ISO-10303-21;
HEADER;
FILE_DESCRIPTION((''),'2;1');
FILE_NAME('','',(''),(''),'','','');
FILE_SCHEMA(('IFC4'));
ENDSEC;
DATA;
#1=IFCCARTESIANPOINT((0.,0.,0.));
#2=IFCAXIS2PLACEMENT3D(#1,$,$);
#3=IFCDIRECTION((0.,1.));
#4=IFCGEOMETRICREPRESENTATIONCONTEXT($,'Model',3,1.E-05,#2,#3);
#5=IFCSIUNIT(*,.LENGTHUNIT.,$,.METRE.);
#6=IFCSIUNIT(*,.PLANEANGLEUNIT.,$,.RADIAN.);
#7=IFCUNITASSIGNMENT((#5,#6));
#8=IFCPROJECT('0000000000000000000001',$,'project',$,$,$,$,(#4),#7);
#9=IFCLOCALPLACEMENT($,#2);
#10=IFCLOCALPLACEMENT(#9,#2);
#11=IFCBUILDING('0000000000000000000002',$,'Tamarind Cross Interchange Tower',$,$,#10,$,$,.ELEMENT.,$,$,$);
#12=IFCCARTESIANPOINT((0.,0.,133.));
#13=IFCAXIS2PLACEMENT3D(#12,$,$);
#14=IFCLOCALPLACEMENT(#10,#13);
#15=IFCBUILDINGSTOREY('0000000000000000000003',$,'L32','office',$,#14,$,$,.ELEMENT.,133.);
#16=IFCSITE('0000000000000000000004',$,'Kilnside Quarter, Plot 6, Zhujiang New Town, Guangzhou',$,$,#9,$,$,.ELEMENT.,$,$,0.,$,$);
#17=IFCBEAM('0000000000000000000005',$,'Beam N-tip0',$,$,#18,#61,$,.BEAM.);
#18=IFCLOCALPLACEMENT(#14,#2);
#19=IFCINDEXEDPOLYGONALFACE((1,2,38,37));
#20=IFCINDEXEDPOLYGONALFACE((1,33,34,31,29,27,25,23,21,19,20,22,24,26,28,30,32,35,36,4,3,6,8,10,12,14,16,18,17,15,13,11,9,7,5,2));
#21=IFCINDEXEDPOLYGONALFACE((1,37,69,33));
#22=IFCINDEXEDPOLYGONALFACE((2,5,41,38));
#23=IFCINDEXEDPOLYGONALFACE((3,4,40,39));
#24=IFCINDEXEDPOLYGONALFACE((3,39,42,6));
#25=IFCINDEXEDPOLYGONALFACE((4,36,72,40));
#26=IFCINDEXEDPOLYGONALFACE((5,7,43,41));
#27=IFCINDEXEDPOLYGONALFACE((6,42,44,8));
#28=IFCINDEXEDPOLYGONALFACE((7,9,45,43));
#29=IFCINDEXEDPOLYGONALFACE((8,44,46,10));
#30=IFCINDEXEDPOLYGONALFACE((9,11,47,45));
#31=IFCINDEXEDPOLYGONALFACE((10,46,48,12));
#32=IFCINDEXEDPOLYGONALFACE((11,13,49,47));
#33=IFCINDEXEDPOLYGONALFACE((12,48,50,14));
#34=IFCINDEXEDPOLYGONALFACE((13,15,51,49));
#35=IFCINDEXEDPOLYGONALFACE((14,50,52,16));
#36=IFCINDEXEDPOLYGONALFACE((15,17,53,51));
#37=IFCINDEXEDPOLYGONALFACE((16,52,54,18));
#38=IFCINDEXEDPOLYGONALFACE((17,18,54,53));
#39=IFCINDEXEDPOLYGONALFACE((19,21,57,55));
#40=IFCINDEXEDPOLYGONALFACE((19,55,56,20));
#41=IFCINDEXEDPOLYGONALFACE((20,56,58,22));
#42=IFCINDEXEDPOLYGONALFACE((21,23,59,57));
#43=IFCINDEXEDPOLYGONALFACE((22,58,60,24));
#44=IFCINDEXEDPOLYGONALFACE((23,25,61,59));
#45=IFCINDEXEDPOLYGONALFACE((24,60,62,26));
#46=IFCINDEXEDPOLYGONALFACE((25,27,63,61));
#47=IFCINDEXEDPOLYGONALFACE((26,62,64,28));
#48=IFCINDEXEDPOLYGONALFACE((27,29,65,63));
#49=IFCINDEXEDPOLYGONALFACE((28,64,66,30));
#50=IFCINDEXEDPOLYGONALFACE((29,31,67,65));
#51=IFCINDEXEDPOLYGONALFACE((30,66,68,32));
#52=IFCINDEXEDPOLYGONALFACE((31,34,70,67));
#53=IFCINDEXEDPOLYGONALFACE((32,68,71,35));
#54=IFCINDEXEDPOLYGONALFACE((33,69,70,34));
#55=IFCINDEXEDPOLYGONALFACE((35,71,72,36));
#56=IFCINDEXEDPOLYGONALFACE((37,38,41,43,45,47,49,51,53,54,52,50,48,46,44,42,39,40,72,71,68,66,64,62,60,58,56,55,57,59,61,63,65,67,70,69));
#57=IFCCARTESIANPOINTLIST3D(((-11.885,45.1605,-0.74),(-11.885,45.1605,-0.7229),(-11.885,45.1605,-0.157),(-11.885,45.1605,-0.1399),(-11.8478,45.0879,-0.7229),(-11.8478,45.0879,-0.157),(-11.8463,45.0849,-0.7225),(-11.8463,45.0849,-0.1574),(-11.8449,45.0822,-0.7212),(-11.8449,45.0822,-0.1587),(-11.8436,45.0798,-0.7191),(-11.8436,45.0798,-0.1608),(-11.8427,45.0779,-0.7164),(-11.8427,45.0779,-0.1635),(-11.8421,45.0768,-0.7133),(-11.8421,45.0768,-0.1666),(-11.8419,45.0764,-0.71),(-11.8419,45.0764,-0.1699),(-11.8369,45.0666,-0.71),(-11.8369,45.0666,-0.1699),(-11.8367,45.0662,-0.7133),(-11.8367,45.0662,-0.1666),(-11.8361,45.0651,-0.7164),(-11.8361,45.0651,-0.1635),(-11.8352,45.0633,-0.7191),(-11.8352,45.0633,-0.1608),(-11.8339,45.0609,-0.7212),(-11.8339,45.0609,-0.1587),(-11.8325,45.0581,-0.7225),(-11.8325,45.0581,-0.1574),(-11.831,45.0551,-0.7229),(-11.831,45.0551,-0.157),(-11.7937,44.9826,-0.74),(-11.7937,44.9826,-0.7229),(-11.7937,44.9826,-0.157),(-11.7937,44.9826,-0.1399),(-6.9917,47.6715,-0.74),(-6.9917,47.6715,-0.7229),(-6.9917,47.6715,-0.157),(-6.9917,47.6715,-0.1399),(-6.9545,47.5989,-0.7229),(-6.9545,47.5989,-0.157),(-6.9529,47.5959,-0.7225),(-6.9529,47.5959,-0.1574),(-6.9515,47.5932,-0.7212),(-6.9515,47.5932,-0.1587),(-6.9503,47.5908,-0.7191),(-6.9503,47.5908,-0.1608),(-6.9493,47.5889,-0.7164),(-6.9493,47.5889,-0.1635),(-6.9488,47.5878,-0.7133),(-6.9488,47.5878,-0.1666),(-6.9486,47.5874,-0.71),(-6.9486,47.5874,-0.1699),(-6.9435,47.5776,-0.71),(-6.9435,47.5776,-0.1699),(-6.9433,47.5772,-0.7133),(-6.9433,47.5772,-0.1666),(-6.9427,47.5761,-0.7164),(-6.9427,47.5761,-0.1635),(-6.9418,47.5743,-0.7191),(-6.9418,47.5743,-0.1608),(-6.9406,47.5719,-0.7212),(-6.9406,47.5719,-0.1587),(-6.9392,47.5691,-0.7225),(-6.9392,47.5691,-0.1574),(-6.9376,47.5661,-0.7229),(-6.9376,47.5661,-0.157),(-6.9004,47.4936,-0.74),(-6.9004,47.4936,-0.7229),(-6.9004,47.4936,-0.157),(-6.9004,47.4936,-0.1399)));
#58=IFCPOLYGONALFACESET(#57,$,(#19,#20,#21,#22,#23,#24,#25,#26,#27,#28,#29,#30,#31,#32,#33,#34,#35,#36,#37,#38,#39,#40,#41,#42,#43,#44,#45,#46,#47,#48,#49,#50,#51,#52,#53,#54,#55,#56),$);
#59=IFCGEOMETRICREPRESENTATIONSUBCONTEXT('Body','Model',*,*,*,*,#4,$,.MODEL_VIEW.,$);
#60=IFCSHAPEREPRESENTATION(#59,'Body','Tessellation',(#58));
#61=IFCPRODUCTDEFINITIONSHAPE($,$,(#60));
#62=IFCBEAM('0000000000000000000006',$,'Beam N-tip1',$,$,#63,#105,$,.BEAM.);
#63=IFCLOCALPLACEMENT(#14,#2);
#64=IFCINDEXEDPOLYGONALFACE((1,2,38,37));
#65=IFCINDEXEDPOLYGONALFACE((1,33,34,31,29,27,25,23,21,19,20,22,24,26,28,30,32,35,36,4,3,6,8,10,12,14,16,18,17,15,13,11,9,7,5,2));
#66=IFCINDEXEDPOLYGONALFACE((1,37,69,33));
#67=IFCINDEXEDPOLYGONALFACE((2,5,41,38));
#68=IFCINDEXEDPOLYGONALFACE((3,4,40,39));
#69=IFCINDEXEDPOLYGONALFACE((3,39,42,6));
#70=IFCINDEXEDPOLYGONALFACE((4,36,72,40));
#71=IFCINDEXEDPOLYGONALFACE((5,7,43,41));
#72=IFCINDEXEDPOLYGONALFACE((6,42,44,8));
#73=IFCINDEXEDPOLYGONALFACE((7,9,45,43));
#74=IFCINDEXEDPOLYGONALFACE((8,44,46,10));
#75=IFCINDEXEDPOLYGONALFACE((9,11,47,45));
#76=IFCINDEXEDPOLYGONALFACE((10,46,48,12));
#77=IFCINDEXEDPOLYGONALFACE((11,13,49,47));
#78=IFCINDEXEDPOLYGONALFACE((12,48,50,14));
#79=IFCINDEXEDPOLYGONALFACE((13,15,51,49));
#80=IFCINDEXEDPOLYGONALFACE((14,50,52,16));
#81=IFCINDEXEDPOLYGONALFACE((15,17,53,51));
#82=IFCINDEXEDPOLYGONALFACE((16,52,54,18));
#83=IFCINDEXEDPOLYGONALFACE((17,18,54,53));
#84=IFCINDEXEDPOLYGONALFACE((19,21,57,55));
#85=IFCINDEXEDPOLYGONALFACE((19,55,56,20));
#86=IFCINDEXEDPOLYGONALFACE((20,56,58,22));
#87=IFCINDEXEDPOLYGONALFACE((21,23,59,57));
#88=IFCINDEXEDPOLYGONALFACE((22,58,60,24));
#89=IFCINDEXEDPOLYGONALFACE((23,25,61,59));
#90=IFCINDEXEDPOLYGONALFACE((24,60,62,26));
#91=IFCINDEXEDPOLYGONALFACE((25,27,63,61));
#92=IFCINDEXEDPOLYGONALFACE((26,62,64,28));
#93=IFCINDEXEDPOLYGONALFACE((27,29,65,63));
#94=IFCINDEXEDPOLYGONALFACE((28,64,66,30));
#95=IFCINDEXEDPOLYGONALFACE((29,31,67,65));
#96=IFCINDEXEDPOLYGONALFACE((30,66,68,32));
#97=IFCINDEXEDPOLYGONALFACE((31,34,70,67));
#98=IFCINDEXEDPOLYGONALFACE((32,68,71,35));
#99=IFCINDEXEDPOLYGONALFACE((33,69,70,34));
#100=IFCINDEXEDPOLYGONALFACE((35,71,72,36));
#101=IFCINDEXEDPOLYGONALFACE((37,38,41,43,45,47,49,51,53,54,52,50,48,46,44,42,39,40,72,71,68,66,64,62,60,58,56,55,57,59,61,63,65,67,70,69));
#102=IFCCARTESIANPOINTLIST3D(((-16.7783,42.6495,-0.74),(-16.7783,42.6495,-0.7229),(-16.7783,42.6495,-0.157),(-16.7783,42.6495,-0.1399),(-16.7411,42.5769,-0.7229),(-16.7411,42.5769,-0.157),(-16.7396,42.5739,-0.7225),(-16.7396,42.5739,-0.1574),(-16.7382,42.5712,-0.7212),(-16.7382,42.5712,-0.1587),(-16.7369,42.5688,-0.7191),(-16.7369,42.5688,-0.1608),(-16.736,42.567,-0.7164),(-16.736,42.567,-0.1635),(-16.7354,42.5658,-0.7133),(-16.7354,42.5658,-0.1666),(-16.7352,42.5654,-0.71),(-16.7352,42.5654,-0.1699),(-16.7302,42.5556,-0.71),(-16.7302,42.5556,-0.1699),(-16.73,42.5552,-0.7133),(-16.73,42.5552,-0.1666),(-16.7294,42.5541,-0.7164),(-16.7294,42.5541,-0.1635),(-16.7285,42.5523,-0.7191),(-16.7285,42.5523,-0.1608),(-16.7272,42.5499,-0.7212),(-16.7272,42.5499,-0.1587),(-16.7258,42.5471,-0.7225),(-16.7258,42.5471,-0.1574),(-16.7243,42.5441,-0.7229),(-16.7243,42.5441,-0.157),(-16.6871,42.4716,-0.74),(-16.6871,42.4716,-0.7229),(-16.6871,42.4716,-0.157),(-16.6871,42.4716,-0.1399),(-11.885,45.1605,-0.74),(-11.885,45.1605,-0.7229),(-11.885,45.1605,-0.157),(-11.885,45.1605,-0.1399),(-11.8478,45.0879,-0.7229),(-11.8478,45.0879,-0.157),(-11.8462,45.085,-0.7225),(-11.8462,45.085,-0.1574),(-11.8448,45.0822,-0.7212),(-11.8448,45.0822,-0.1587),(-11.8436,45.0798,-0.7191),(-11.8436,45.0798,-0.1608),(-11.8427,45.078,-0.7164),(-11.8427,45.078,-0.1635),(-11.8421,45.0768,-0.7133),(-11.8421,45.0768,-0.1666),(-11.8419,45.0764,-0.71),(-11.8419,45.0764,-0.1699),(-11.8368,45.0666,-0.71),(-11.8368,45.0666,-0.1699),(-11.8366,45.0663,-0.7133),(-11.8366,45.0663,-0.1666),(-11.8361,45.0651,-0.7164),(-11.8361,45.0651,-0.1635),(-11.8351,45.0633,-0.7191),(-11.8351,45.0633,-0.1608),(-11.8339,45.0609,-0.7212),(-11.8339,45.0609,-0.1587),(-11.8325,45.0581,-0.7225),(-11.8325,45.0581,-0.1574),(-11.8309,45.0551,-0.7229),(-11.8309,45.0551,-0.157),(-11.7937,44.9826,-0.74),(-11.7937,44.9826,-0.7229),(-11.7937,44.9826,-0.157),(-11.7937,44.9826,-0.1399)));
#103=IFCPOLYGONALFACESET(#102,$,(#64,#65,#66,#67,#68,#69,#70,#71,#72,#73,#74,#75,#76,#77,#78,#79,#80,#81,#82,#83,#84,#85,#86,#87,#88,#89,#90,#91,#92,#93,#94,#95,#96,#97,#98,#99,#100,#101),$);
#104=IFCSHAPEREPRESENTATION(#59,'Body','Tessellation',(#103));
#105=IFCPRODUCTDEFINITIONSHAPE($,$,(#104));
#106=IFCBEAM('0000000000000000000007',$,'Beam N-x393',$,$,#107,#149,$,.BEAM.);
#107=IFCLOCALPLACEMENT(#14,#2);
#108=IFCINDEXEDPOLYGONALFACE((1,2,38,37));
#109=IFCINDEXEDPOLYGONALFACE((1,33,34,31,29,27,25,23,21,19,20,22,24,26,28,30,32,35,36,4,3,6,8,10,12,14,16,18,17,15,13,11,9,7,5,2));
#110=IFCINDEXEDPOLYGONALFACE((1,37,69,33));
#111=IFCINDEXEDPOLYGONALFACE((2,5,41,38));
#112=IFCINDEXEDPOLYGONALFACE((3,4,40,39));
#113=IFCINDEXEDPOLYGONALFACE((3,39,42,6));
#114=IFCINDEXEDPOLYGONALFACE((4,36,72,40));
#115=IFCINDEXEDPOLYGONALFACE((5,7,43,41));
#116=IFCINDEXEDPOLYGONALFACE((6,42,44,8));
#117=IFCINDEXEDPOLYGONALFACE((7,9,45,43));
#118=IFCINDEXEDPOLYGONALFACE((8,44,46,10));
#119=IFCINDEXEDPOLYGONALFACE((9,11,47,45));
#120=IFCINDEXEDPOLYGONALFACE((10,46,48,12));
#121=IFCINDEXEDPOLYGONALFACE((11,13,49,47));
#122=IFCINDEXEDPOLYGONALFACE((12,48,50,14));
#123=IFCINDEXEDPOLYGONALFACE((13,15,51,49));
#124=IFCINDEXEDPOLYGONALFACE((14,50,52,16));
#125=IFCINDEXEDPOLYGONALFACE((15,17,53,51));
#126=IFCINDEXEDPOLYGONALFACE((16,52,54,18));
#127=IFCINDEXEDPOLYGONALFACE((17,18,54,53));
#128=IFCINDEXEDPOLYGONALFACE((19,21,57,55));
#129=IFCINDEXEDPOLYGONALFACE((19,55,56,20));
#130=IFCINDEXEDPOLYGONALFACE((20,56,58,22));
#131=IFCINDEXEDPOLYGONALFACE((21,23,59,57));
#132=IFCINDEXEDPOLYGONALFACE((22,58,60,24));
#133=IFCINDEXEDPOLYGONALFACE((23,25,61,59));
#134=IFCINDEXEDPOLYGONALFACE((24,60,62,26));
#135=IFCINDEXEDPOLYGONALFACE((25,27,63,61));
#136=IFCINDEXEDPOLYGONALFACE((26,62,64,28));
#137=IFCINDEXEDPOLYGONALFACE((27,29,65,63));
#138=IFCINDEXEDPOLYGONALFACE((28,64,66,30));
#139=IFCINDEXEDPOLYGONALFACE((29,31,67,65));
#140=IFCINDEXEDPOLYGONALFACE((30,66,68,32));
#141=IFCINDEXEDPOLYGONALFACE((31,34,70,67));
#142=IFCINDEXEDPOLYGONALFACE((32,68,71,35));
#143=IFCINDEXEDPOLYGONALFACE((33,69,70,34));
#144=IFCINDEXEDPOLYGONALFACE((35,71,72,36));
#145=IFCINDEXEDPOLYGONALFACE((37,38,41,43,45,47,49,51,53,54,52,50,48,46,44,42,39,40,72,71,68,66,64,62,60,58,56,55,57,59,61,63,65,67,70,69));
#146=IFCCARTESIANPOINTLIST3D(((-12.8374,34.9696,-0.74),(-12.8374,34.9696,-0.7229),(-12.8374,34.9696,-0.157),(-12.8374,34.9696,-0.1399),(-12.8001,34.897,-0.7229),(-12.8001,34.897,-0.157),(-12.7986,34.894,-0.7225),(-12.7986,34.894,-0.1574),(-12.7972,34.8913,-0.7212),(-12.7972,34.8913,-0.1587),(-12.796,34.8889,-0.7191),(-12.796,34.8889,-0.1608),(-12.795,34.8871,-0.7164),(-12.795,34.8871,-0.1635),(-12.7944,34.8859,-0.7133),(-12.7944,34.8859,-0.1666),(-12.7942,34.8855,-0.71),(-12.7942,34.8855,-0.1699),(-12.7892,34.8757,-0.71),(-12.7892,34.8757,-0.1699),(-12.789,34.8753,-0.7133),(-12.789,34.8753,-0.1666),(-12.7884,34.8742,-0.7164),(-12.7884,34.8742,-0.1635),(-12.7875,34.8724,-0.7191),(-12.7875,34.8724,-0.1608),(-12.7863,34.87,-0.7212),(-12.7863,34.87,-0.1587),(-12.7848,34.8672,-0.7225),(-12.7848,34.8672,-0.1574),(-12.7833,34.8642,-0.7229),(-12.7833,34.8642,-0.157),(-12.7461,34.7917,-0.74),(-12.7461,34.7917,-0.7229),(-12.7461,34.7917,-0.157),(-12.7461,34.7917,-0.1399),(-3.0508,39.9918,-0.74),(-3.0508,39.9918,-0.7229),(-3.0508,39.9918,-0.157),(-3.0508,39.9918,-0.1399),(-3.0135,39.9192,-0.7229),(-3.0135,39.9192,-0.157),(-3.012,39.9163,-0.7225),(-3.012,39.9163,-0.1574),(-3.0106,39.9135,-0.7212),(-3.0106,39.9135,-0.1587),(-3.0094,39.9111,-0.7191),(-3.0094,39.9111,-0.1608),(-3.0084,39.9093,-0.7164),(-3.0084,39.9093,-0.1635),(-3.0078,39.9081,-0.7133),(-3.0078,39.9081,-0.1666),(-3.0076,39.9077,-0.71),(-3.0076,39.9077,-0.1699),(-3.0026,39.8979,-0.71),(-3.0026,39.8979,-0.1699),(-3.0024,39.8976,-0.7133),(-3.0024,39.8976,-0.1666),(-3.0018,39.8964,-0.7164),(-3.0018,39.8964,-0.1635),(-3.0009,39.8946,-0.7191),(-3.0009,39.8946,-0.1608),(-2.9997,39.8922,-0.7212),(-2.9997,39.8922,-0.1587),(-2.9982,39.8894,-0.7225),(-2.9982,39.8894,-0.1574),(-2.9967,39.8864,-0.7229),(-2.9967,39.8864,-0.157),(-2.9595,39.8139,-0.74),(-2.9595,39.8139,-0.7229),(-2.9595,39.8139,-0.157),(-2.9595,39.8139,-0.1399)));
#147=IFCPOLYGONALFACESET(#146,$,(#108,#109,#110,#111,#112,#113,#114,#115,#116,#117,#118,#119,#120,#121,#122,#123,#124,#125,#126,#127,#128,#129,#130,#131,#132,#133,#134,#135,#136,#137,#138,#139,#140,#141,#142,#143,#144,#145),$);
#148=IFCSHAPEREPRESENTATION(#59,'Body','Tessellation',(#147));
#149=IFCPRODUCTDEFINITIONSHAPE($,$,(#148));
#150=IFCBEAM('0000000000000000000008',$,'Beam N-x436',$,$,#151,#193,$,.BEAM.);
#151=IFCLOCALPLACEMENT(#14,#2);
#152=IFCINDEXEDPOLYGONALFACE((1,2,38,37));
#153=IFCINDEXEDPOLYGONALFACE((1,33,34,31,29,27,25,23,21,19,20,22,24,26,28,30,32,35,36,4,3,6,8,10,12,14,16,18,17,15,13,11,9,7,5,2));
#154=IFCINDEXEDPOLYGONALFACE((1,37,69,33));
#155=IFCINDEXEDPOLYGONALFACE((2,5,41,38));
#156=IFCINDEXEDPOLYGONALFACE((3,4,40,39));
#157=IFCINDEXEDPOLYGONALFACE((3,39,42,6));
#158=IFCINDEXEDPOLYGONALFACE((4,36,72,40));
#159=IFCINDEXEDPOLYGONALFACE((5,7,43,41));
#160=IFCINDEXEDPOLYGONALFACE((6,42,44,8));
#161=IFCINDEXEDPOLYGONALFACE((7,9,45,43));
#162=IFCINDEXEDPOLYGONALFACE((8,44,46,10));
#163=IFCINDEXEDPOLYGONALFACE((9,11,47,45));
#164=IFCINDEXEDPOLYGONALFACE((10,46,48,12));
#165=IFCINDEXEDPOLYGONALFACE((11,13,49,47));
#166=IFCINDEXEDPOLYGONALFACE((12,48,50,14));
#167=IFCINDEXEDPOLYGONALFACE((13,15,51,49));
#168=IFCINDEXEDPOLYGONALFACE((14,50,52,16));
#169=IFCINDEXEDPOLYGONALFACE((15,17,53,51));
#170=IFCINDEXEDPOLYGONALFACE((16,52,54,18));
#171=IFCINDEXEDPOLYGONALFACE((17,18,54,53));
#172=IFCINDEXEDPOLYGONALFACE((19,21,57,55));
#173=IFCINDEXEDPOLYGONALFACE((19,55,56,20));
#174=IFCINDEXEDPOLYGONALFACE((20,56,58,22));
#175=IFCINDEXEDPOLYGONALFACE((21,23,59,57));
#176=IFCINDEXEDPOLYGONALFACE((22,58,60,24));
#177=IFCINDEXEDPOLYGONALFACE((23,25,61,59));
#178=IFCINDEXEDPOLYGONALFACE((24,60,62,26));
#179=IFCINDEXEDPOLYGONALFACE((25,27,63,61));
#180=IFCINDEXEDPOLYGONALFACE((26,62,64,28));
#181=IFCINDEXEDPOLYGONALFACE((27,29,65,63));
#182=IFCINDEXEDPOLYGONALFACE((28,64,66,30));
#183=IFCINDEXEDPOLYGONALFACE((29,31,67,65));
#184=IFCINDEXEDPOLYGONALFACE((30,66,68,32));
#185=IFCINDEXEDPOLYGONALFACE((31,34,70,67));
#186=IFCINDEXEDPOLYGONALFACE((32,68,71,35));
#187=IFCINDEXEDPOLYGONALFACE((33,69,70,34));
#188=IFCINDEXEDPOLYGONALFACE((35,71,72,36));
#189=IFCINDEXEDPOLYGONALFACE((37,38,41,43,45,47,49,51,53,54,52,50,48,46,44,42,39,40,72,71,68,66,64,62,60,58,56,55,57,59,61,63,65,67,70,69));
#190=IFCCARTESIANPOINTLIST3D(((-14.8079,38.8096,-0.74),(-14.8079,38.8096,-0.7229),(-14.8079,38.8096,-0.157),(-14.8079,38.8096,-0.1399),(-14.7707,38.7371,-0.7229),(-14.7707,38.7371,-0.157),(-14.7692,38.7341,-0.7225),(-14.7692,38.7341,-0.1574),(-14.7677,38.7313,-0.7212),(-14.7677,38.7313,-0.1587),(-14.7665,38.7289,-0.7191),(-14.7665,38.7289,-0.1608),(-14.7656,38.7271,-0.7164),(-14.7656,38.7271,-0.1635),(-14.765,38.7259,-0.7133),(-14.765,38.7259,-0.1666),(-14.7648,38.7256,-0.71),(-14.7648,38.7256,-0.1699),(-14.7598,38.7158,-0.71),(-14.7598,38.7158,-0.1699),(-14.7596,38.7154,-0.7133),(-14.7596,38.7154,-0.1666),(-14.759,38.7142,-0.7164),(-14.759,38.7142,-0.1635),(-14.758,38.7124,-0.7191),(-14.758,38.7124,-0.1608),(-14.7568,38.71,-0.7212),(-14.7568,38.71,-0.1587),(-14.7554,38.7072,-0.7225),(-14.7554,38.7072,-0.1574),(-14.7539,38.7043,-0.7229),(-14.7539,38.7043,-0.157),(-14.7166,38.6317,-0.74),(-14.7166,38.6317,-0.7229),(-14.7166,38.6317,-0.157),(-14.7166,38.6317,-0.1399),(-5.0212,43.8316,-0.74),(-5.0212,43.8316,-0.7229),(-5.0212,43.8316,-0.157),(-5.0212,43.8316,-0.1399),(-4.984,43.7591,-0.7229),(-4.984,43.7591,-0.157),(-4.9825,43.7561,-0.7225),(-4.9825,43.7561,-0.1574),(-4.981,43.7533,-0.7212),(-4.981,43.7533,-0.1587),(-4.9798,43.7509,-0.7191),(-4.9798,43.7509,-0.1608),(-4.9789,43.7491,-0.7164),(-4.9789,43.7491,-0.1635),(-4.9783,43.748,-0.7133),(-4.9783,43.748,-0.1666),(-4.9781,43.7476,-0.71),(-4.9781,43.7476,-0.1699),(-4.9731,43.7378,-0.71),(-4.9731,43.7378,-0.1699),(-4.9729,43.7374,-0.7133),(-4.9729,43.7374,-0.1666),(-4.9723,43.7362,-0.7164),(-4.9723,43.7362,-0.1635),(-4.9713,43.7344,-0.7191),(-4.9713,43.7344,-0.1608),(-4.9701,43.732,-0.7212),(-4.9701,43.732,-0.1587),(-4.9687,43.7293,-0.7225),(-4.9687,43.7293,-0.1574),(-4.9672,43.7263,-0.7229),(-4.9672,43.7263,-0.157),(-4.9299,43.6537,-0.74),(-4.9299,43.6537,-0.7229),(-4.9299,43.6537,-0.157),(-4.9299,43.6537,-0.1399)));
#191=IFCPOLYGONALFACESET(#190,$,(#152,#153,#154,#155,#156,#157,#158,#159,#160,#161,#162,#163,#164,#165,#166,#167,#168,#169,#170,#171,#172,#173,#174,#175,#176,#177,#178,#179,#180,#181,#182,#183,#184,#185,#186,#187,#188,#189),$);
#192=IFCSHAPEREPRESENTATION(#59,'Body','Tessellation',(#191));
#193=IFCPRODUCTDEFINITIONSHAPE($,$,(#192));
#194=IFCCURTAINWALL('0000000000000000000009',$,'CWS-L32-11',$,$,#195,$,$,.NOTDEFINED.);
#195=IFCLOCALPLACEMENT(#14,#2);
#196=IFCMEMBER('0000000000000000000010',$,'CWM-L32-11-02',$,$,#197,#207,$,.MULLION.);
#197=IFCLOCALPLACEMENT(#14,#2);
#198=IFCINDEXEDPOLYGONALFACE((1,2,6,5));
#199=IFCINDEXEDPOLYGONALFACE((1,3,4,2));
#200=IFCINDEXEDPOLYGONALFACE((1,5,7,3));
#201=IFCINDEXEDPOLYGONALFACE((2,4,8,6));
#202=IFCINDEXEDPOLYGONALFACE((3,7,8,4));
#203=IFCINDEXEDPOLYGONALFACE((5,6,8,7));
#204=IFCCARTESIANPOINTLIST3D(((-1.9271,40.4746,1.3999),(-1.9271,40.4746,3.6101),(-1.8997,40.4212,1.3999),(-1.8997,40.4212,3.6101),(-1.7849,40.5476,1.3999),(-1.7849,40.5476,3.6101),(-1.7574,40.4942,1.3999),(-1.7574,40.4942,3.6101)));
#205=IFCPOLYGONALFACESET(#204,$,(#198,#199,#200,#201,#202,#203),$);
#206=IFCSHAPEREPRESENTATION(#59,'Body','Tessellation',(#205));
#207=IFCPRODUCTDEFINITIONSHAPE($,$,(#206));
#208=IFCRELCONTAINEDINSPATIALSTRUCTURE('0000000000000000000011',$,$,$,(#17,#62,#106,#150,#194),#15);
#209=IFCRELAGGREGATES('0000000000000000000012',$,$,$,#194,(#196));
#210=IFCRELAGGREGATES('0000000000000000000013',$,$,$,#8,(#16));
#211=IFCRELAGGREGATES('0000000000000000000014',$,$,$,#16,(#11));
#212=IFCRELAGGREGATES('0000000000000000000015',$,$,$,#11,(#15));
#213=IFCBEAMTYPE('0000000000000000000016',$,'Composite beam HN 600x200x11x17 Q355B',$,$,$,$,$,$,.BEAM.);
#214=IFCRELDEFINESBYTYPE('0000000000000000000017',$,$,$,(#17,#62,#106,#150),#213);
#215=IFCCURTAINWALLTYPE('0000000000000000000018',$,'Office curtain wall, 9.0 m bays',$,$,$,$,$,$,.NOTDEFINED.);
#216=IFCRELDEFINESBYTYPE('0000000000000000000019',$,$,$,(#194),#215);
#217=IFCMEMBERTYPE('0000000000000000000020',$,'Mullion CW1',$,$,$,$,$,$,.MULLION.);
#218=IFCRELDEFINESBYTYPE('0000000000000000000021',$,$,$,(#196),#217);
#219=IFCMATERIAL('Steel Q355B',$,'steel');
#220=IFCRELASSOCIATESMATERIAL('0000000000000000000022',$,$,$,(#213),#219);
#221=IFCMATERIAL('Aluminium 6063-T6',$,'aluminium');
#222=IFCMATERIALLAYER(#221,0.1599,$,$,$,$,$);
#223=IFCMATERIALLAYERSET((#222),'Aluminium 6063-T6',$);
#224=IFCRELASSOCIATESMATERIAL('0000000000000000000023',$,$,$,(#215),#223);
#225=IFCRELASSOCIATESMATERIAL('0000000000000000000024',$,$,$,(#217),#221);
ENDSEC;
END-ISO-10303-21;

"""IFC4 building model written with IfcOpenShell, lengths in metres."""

from ifc_helpers import new_model, si_unit, direction, frame, origin, origin_2d, place, context, subcontext, project, spatial, rectangle, i_section, extrude, material, layer, layer_set, material_profile, profile_set, type_object, element, aggregate, save


model = new_model("IFC4")

# Units and contexts
model_context = context("Model", 3, precision=1e-05, world=origin(), true_north=direction((0.0, 1.0)))
body_context = subcontext(model_context, "Body", "Model", "MODEL_VIEW")
ifc_project = project(units=[si_unit("LENGTHUNIT", "METRE"), si_unit("PLANEANGLEUNIT", "RADIAN")], contexts=[model_context])

# Site, building, storey
site_placement = place(None, origin())
site = spatial("IfcSite", under=ifc_project, at=site_placement, Name="Kilnside Quarter, Plot 6, Zhujiang New Town, Guangzhou", CompositionType="ELEMENT", RefElevation=0.0)
building_placement = place(site_placement, origin())
building = spatial("IfcBuilding", under=site, at=building_placement, Name="Tamarind Cross Interchange Tower", CompositionType="ELEMENT")
storey_placement = place(building_placement, frame((0.0, 0.0, 133.0)))
storey = spatial("IfcBuildingStorey", under=building, at=storey_placement, Name="L32", Description="office", CompositionType="ELEMENT", Elevation=133.0)

# Beams
ifc_material_1 = material(Name="Steel Q355B", Category="steel")
ifc_material_profile_1 = material_profile(ifc_material_1, i_section(OverallWidth=0.2, OverallDepth=0.6001, WebThickness=0.011, FlangeThickness=0.0171, FilletRadius=0.0129, at=origin_2d()), Name="HN 600x200x11x17")
ifc_profile_set_1 = profile_set([ifc_material_profile_1], Name="Steel Q355B")
beam_type_1 = type_object("IfcBeamType", Name="Composite beam HN 600x200x11x17 Q355B", PredefinedType="BEAM", material=ifc_profile_set_1)
for number, where, z_axis, x_axis, name in (
    (1, (-6.946, 47.5825, -0.4399), (-0.8897, -0.456546, 0.0), (0.456546, -0.8897, 0.0), "Beam N-tip0"),
    (2, (-11.8394, 45.0715, -0.4399), (-0.8897, -0.456546, 0.0), (0.456546, -0.8897, 0.0), "Beam N-tip1"),
):
    element("IfcBeam", number, at=place(storey_placement, frame(where, z_axis=z_axis, x_axis=x_axis)), inside=storey, type_object=beam_type_1, Name=name, PredefinedType="BEAM", context=body_context, shape_type="SweptSolid", body=[
        extrude(i_section(OverallWidth=0.2, OverallDepth=0.6001, WebThickness=0.011, FlangeThickness=0.0171, FilletRadius=0.0129, at=origin_2d()), origin(), (0.0, 0.0, 1.0), 5.5),
    ])
for number, where, z_axis, x_axis, name in (
    (3, (-3.0051, 39.9028, -0.4399), (-0.889691, -0.456564, 0.0), (0.456564, -0.889691, 0.0), "Beam N-x393"),
    (4, (-4.9756, 43.7427, -0.4399), (-0.8897, -0.456546, 0.0), (0.456546, -0.8897, 0.0), "Beam N-x436"),
):
    element("IfcBeam", number, at=place(storey_placement, frame(where, z_axis=z_axis, x_axis=x_axis)), inside=storey, type_object=beam_type_1, Name=name, PredefinedType="BEAM", context=body_context, shape_type="SweptSolid", body=[
        extrude(i_section(OverallWidth=0.2, OverallDepth=0.6001, WebThickness=0.011, FlangeThickness=0.0171, FilletRadius=0.0129, at=origin_2d()), origin(), (0.0, 0.0, 1.0), 11.0),
    ])

# Curtain wall, member
ifc_material_2 = material(Name="Aluminium 6063-T6", Category="aluminium")
ifc_layer_1 = layer(ifc_material_2, 0.1599)
ifc_layer_set_1 = layer_set([ifc_layer_1], Name="Aluminium 6063-T6")
curtain_wall_type = type_object("IfcCurtainWallType", Name="Office curtain wall, 9.0 m bays", PredefinedType="NOTDEFINED", material=ifc_layer_set_1)
curtain_wall_1_placement = place(storey_placement, origin())
curtain_wall_1 = element("IfcCurtainWall", 5, at=curtain_wall_1_placement, inside=storey, type_object=curtain_wall_type, Name="CWS-L32-11", PredefinedType="NOTDEFINED")
ifc_material_profile_2 = material_profile(ifc_material_2, rectangle(XDim=0.0601, YDim=0.1599, at=origin_2d()), Name="Mullion CW1")
ifc_profile_set_2 = profile_set([ifc_material_profile_2], Name="Aluminium 6063-T6")
member_type = type_object("IfcMemberType", Name="Mullion CW1", PredefinedType="MULLION", material=ifc_profile_set_2)
member_1_placement = place(storey_placement, frame((-1.8423, 40.4844, 1.3999), z_axis=(0.0, 0.0, 1.0), x_axis=(-0.456551, 0.889697, 0.0)))
member_1 = element("IfcMember", 6, at=member_1_placement, type_object=member_type, Name="CWM-L32-11-02", PredefinedType="MULLION", context=body_context, shape_type="SweptSolid", body=[
    extrude(rectangle(XDim=0.0601, YDim=0.1599, at=origin_2d()), origin(), (0.0, 0.0, 1.0), 2.2102),
])
aggregate(curtain_wall_1, [member_1])

save(model, "model.ifc")
